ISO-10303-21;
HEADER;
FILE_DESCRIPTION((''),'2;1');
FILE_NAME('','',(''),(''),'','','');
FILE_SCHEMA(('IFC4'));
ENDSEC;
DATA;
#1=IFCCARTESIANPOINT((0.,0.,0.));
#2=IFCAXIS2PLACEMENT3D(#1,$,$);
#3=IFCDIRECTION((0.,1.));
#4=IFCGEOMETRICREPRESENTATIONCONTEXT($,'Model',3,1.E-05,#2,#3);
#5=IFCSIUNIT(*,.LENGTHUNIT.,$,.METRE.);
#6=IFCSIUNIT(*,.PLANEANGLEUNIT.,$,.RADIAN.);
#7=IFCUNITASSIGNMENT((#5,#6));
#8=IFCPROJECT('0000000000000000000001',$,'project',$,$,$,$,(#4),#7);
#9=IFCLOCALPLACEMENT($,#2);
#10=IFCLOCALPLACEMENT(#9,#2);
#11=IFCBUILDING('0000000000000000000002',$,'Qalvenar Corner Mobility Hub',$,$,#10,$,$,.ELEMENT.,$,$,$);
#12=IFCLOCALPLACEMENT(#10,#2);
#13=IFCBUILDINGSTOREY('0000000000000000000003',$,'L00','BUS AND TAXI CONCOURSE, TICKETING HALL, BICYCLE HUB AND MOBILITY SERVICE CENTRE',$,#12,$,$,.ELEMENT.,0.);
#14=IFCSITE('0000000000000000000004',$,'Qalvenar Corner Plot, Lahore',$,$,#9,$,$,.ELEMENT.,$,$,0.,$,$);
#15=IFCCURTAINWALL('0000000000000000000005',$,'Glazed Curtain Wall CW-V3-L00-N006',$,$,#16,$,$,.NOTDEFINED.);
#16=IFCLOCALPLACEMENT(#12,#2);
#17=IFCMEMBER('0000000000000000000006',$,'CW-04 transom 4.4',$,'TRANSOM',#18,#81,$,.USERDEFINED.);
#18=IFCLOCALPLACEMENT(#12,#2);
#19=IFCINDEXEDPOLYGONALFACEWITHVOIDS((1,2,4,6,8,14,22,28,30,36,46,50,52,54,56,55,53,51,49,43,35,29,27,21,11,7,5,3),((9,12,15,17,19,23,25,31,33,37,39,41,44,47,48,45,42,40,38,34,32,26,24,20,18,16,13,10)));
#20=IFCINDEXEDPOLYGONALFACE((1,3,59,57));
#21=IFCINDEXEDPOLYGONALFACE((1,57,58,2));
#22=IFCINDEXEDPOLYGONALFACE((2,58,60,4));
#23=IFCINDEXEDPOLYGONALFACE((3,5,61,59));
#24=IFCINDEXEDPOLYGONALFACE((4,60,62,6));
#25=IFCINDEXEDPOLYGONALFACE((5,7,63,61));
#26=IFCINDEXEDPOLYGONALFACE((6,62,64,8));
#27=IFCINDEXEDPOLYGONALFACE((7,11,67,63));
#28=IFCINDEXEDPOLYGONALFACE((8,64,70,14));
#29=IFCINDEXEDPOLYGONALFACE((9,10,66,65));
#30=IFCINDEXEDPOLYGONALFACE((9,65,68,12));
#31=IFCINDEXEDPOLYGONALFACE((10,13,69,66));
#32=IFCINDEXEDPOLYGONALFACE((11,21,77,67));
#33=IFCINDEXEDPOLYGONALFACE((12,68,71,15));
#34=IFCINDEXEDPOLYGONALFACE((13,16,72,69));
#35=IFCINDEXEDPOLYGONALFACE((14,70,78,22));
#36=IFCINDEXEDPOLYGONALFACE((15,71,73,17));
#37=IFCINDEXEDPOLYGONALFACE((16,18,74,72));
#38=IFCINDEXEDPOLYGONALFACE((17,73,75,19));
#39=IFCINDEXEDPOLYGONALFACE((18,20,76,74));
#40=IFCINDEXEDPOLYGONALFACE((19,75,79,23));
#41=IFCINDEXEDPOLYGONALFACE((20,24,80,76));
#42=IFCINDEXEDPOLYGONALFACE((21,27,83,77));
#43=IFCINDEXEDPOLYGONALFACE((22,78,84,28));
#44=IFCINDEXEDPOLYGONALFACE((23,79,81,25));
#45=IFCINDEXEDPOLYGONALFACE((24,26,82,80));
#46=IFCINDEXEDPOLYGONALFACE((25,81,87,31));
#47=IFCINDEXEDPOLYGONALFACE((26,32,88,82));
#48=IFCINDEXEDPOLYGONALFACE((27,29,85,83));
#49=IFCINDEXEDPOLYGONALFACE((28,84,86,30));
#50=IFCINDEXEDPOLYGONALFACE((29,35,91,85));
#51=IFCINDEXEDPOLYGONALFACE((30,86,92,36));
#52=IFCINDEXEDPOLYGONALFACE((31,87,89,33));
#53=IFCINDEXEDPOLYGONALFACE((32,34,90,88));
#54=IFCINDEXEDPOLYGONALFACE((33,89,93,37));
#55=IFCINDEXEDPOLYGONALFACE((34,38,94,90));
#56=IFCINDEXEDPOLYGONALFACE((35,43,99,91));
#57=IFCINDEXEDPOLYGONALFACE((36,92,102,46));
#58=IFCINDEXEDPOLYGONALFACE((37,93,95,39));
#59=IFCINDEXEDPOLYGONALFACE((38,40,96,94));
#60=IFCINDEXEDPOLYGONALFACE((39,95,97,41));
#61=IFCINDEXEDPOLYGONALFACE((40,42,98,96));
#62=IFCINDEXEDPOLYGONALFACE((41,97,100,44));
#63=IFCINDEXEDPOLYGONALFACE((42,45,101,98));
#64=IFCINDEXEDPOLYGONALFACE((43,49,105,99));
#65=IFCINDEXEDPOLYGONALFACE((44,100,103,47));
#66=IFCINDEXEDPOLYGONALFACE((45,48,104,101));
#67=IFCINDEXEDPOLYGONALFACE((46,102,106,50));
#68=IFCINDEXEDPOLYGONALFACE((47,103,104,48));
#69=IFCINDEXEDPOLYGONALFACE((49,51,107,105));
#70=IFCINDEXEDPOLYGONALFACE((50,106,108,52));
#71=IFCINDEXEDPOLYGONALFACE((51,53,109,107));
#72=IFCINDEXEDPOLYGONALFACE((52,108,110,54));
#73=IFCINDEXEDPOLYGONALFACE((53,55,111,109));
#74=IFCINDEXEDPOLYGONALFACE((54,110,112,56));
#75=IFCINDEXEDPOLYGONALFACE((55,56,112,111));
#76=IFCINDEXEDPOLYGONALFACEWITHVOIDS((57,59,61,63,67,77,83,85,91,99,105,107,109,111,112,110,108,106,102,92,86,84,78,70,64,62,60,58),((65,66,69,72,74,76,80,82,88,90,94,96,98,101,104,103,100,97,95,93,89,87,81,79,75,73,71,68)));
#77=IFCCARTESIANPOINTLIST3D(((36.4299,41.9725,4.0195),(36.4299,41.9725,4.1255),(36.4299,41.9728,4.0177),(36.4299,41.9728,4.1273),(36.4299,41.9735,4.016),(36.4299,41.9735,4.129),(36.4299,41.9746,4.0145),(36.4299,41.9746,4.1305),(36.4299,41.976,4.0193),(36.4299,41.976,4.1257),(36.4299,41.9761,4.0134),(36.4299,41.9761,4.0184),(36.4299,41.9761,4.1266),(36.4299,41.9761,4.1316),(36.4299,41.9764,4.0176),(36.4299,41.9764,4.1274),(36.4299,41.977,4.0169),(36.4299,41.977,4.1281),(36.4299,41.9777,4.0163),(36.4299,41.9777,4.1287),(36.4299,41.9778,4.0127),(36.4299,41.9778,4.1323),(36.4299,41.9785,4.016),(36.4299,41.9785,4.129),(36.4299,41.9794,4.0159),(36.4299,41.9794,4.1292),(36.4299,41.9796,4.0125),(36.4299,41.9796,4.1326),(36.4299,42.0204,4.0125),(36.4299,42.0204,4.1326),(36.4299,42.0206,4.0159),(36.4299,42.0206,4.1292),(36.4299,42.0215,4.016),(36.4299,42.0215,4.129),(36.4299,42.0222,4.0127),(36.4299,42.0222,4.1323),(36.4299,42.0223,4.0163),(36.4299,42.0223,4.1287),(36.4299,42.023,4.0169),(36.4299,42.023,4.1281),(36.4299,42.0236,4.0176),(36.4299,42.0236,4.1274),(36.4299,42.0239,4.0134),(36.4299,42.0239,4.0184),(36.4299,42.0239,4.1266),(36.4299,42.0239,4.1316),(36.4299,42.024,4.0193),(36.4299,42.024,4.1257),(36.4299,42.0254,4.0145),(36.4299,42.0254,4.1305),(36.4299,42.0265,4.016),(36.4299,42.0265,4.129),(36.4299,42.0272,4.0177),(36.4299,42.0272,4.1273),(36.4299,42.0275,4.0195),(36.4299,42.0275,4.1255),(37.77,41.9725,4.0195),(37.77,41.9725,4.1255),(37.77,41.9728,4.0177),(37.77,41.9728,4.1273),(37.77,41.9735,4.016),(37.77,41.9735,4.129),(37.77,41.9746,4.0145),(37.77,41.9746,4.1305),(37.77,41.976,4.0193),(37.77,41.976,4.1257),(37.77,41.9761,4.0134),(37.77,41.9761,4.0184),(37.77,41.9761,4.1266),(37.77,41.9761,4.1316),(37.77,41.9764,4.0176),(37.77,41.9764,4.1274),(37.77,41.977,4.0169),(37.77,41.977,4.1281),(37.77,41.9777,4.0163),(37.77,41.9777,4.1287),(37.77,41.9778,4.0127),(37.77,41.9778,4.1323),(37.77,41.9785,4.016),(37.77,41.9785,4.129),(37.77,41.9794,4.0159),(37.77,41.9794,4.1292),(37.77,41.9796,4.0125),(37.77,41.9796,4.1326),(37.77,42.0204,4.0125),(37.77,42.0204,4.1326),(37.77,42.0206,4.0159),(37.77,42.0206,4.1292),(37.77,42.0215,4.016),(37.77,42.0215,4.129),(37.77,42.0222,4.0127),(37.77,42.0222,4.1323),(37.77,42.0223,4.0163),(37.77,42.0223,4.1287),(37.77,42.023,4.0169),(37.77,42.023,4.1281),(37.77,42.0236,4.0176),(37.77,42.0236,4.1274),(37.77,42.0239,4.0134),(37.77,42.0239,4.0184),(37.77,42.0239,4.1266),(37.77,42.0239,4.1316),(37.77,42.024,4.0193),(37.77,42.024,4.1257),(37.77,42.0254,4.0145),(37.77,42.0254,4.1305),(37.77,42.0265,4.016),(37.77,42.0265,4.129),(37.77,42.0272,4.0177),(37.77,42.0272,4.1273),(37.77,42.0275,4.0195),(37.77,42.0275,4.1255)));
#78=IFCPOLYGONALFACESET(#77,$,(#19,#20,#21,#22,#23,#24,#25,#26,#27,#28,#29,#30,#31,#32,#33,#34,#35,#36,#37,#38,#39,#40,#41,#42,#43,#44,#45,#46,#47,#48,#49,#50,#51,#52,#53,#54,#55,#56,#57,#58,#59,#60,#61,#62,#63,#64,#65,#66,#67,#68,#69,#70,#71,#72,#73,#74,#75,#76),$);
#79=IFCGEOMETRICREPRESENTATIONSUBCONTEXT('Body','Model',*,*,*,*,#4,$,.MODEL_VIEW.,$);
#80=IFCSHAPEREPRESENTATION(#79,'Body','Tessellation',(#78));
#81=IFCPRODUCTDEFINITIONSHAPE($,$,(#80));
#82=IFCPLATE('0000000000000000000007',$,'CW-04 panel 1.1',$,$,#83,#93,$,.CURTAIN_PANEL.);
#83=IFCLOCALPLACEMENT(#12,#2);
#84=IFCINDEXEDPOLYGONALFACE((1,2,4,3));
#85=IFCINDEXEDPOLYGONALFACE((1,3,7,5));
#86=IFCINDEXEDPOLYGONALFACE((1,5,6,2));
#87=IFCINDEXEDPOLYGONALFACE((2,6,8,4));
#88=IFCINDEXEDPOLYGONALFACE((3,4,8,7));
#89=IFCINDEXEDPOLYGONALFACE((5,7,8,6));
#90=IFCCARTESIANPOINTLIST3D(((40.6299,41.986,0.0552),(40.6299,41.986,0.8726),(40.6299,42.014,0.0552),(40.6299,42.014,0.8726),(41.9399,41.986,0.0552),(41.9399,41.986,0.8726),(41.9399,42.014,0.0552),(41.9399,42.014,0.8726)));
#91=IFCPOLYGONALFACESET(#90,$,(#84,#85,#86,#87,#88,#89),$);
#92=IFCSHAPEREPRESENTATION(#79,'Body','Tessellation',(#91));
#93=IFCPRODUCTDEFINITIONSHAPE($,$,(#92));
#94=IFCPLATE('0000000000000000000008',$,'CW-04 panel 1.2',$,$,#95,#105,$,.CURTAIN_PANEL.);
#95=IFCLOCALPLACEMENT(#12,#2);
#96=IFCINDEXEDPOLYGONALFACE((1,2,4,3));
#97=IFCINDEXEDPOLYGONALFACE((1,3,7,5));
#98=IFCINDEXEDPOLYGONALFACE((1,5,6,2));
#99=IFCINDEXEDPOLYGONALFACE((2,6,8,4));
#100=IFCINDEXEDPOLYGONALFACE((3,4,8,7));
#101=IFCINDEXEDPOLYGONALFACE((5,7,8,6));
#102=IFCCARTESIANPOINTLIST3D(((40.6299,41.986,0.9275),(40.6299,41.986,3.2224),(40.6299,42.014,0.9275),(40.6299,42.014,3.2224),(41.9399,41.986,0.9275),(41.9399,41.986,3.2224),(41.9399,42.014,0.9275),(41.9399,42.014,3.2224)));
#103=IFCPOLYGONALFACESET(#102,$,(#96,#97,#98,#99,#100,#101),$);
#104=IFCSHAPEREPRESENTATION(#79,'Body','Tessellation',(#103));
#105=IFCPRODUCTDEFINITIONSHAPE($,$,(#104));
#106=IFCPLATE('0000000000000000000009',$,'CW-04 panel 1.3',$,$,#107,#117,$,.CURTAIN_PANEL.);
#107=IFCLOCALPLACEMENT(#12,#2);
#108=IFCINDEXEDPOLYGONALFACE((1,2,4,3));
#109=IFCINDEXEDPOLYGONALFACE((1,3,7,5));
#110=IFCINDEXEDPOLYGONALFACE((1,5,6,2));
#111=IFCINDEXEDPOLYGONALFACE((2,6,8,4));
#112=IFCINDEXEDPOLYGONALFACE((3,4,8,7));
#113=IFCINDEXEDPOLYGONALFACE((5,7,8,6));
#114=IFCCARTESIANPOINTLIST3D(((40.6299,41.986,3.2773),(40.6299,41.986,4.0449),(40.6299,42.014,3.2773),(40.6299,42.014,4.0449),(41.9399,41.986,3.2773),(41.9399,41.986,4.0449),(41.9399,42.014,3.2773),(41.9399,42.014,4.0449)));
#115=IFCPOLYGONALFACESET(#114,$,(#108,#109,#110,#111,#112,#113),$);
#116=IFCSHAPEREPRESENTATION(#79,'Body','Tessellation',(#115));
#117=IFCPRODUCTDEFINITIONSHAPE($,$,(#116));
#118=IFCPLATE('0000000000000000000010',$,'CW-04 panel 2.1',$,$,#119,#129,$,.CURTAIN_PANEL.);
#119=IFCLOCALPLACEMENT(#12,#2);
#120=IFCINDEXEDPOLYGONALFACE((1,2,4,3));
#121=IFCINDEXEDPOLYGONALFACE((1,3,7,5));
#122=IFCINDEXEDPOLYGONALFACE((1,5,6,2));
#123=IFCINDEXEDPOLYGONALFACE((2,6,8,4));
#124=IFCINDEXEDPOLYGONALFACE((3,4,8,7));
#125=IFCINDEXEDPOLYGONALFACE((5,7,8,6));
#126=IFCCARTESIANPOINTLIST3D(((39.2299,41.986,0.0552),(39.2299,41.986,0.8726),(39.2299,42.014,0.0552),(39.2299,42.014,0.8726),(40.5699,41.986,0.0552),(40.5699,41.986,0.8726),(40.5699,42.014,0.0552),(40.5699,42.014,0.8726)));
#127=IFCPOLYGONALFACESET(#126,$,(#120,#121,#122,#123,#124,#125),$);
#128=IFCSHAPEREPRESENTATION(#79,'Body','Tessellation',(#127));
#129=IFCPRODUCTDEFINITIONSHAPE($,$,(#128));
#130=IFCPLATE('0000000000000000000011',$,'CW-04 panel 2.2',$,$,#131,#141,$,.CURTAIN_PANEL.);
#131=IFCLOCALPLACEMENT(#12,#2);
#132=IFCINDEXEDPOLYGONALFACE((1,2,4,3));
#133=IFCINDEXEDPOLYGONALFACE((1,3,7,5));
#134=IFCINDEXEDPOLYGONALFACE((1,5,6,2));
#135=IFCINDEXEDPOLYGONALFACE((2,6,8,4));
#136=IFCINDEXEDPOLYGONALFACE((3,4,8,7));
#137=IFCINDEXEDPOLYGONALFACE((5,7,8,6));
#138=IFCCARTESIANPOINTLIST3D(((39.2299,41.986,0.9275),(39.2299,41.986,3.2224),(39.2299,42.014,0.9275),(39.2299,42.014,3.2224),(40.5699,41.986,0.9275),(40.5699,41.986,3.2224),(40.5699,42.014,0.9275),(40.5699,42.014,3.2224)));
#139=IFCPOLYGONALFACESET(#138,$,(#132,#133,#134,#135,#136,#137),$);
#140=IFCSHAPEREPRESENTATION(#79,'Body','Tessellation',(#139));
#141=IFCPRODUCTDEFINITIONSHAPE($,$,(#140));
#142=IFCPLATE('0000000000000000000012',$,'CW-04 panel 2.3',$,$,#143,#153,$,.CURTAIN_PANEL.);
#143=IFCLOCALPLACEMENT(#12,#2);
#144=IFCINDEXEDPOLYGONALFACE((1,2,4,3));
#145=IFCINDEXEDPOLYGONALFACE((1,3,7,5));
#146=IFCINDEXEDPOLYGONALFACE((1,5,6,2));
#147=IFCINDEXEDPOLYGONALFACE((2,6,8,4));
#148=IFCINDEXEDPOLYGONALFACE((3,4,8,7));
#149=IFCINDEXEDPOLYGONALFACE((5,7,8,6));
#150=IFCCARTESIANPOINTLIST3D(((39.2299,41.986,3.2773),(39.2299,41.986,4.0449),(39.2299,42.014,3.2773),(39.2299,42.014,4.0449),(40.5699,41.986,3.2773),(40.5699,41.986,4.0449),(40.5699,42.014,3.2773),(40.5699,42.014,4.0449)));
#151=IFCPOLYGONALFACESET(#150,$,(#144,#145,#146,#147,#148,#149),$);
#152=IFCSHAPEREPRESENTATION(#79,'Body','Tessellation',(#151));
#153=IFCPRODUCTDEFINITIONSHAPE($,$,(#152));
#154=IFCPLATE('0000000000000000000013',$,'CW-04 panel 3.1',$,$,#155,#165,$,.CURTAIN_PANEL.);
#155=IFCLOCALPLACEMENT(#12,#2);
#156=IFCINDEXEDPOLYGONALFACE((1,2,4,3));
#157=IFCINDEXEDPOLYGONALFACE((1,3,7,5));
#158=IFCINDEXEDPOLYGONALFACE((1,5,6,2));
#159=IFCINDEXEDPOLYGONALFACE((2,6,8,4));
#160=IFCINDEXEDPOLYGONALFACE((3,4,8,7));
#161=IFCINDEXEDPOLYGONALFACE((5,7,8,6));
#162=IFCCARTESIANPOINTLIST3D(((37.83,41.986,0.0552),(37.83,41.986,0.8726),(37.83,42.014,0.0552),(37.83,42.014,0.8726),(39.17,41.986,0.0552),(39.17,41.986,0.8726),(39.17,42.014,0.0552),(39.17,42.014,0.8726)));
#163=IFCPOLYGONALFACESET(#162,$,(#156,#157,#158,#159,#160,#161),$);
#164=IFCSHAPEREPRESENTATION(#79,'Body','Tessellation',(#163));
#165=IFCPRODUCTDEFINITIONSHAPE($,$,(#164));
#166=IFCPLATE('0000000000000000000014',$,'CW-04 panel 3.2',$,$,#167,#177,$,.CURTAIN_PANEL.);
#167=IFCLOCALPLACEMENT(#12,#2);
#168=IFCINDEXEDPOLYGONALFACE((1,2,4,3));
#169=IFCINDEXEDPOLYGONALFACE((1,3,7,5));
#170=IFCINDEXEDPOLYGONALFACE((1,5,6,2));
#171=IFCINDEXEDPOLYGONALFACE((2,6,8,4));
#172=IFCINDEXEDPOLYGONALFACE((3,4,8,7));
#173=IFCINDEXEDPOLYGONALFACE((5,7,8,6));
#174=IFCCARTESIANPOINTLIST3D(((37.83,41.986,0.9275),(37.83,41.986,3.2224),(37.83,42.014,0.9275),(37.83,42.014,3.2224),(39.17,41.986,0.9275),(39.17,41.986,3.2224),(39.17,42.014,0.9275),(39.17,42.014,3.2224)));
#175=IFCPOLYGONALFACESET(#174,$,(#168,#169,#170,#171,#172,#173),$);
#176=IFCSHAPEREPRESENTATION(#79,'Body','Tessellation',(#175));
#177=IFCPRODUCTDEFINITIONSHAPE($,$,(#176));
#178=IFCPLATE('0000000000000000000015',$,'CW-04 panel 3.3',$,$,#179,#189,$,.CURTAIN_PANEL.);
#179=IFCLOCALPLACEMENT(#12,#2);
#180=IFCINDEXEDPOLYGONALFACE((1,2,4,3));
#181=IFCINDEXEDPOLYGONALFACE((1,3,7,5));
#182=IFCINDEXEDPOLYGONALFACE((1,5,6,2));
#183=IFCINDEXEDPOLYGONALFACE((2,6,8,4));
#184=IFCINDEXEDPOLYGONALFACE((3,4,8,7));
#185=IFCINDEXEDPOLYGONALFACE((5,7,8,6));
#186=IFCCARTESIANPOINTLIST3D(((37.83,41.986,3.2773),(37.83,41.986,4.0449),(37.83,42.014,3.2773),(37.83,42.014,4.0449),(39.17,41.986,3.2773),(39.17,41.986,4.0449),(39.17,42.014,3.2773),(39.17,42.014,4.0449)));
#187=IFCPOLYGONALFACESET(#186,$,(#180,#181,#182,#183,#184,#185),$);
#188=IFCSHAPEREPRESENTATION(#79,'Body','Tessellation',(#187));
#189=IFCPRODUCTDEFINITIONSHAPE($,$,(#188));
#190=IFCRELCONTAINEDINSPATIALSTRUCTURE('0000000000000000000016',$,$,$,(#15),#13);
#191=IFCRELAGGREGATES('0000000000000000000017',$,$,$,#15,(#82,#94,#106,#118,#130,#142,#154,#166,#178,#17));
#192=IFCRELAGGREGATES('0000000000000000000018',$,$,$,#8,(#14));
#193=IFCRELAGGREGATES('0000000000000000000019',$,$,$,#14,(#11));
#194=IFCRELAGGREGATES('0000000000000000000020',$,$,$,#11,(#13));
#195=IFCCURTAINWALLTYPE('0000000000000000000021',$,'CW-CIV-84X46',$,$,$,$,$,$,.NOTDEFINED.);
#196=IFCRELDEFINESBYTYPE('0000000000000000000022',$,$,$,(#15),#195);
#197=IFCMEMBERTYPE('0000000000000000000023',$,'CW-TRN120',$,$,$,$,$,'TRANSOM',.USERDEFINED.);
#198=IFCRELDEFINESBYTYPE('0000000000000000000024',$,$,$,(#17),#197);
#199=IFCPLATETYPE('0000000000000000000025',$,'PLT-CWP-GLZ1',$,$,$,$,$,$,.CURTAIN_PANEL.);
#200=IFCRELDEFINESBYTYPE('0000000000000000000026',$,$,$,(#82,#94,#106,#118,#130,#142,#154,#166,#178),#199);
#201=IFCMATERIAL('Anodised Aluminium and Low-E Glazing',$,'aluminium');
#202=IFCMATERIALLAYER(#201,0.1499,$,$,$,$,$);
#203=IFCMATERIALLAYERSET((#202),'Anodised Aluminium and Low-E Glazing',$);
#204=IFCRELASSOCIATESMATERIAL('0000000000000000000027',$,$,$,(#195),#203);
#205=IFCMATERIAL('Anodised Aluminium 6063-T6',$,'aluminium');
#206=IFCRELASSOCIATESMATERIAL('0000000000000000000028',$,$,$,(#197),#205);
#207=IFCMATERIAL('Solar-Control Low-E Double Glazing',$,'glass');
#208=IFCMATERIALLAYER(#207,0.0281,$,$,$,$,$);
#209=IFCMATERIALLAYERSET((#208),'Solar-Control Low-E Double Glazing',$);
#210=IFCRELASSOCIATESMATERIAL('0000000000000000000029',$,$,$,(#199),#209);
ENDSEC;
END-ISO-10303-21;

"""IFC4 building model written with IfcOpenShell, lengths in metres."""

from ifc_helpers import new_model, si_unit, direction, frame, origin, origin_2d, place, context, subcontext, project, spatial, rectangle, hollow_rectangle, extrude, material, layer, layer_set, material_profile, profile_set, type_object, element, aggregate, save


model = new_model("IFC4")

# Units and contexts
model_context = context("Model", 3, precision=1e-05, world=origin(), true_north=direction((0.0, 1.0)))
body_context = subcontext(model_context, "Body", "Model", "MODEL_VIEW")
ifc_project = project(units=[si_unit("LENGTHUNIT", "METRE"), si_unit("PLANEANGLEUNIT", "RADIAN")], contexts=[model_context])

# Site, building, storey
site_placement = place(None, origin())
site = spatial("IfcSite", under=ifc_project, at=site_placement, Name="Qalvenar Corner Plot, Lahore", CompositionType="ELEMENT", RefElevation=0.0)
building_placement = place(site_placement, origin())
building = spatial("IfcBuilding", under=site, at=building_placement, Name="Qalvenar Corner Mobility Hub", CompositionType="ELEMENT")
storey_placement = place(building_placement, origin())
storey = spatial("IfcBuildingStorey", under=building, at=storey_placement, Name="L00", Description="BUS AND TAXI CONCOURSE, TICKETING HALL, BICYCLE HUB AND MOBILITY SERVICE CENTRE", CompositionType="ELEMENT", Elevation=0.0)

# Curtain wall, member, plates
ifc_material_1 = material(Name="Anodised Aluminium and Low-E Glazing", Category="aluminium")
ifc_layer_1 = layer(ifc_material_1, 0.1499)
ifc_layer_set_1 = layer_set([ifc_layer_1], Name="Anodised Aluminium and Low-E Glazing")
curtain_wall_type = type_object("IfcCurtainWallType", Name="CW-CIV-84X46", PredefinedType="NOTDEFINED", material=ifc_layer_set_1)
curtain_wall_placement = place(storey_placement, origin())
curtain_wall = element("IfcCurtainWall", 1, at=curtain_wall_placement, inside=storey, type_object=curtain_wall_type, Name="Glazed Curtain Wall CW-V3-L00-N006", PredefinedType="NOTDEFINED")
ifc_material_2 = material(Name="Anodised Aluminium 6063-T6", Category="aluminium")
ifc_material_profile_1 = material_profile(ifc_material_2, hollow_rectangle(XDim=0.0549, YDim=0.1201, WallThickness=0.0034, InnerFilletRadius=0.0034, OuterFilletRadius=0.0071, at=origin_2d()), Name="RHS120x55x3.5")
ifc_profile_set_1 = profile_set([ifc_material_profile_1], Name="Anodised Aluminium 6063-T6")
member_type_1 = type_object("IfcMemberType", Name="CW-TRN120", ElementType="TRANSOM", PredefinedType="USERDEFINED", material=ifc_profile_set_1)
member_1_placement = place(storey_placement, frame((37.77, 42.0, 4.0725), z_axis=(-1.0, 0.0, 0.0), x_axis=(0.0, -1.0, 0.0)))
member_1 = element("IfcMember", 2, at=member_1_placement, type_object=member_type_1, Name="CW-04 transom 4.4", ObjectType="TRANSOM", PredefinedType="USERDEFINED", context=body_context, shape_type="SweptSolid", body=[
    extrude(hollow_rectangle(XDim=0.0549, YDim=0.1201, WallThickness=0.0034, InnerFilletRadius=0.0034, OuterFilletRadius=0.0071, at=origin_2d()), origin(), (0.0, 0.0, 1.0), 1.3401),
])
ifc_material_3 = material(Name="Solar-Control Low-E Double Glazing", Category="glass")
ifc_layer_2 = layer(ifc_material_3, 0.0281)
ifc_layer_set_2 = layer_set([ifc_layer_2], Name="Solar-Control Low-E Double Glazing")
plate_type = type_object("IfcPlateType", Name="PLT-CWP-GLZ1", PredefinedType="CURTAIN_PANEL", material=ifc_layer_set_2)
plate_1_placement = place(storey_placement, frame((41.2849, 42.0, 0.0552), z_axis=(0.0, 0.0, 1.0), x_axis=(-1.0, 0.0, 0.0)))
plate_1 = element("IfcPlate", 3, at=plate_1_placement, type_object=plate_type, Name="CW-04 panel 1.1", PredefinedType="CURTAIN_PANEL", context=body_context, shape_type="SweptSolid", body=[
    extrude(rectangle(XDim=1.3101, YDim=0.0281, at=origin_2d()), origin(), (0.0, 0.0, 1.0), 0.8174),
])
plate_2_placement = place(storey_placement, frame((41.2849, 42.0, 0.9275), z_axis=(0.0, 0.0, 1.0), x_axis=(-1.0, 0.0, 0.0)))
plate_2 = element("IfcPlate", 4, at=plate_2_placement, type_object=plate_type, Name="CW-04 panel 1.2", PredefinedType="CURTAIN_PANEL", context=body_context, shape_type="SweptSolid", body=[
    extrude(rectangle(XDim=1.3101, YDim=0.0281, at=origin_2d()), origin(), (0.0, 0.0, 1.0), 2.2949),
])
plate_3_placement = place(storey_placement, frame((41.2849, 42.0, 3.2773), z_axis=(0.0, 0.0, 1.0), x_axis=(-1.0, 0.0, 0.0)))
plate_3 = element("IfcPlate", 5, at=plate_3_placement, type_object=plate_type, Name="CW-04 panel 1.3", PredefinedType="CURTAIN_PANEL", context=body_context, shape_type="SweptSolid", body=[
    extrude(rectangle(XDim=1.3101, YDim=0.0281, at=origin_2d()), origin(), (0.0, 0.0, 1.0), 0.7676),
])
plate_4_placement = place(storey_placement, frame((39.8999, 42.0, 0.0552), z_axis=(0.0, 0.0, 1.0), x_axis=(-1.0, 0.0, 0.0)))
plate_4 = element("IfcPlate", 6, at=plate_4_placement, type_object=plate_type, Name="CW-04 panel 2.1", PredefinedType="CURTAIN_PANEL", context=body_context, shape_type="SweptSolid", body=[
    extrude(rectangle(XDim=1.3401, YDim=0.0281, at=origin_2d()), origin(), (0.0, 0.0, 1.0), 0.8174),
])
plate_5_placement = place(storey_placement, frame((39.8999, 42.0, 0.9275), z_axis=(0.0, 0.0, 1.0), x_axis=(-1.0, 0.0, 0.0)))
plate_5 = element("IfcPlate", 7, at=plate_5_placement, type_object=plate_type, Name="CW-04 panel 2.2", PredefinedType="CURTAIN_PANEL", context=body_context, shape_type="SweptSolid", body=[
    extrude(rectangle(XDim=1.3401, YDim=0.0281, at=origin_2d()), origin(), (0.0, 0.0, 1.0), 2.2949),
])
plate_6_placement = place(storey_placement, frame((39.8999, 42.0, 3.2773), z_axis=(0.0, 0.0, 1.0), x_axis=(-1.0, 0.0, 0.0)))
plate_6 = element("IfcPlate", 8, at=plate_6_placement, type_object=plate_type, Name="CW-04 panel 2.3", PredefinedType="CURTAIN_PANEL", context=body_context, shape_type="SweptSolid", body=[
    extrude(rectangle(XDim=1.3401, YDim=0.0281, at=origin_2d()), origin(), (0.0, 0.0, 1.0), 0.7676),
])
plate_7_placement = place(storey_placement, frame((38.5, 42.0, 0.0552), z_axis=(0.0, 0.0, 1.0), x_axis=(-1.0, 0.0, 0.0)))
plate_7 = element("IfcPlate", 9, at=plate_7_placement, type_object=plate_type, Name="CW-04 panel 3.1", PredefinedType="CURTAIN_PANEL", context=body_context, shape_type="SweptSolid", body=[
    extrude(rectangle(XDim=1.3401, YDim=0.0281, at=origin_2d()), origin(), (0.0, 0.0, 1.0), 0.8174),
])
plate_8_placement = place(storey_placement, frame((38.5, 42.0, 0.9275), z_axis=(0.0, 0.0, 1.0), x_axis=(-1.0, 0.0, 0.0)))
plate_8 = element("IfcPlate", 10, at=plate_8_placement, type_object=plate_type, Name="CW-04 panel 3.2", PredefinedType="CURTAIN_PANEL", context=body_context, shape_type="SweptSolid", body=[
    extrude(rectangle(XDim=1.3401, YDim=0.0281, at=origin_2d()), origin(), (0.0, 0.0, 1.0), 2.2949),
])
plate_9_placement = place(storey_placement, frame((38.5, 42.0, 3.2773), z_axis=(0.0, 0.0, 1.0), x_axis=(-1.0, 0.0, 0.0)))
plate_9 = element("IfcPlate", 11, at=plate_9_placement, type_object=plate_type, Name="CW-04 panel 3.3", PredefinedType="CURTAIN_PANEL", context=body_context, shape_type="SweptSolid", body=[
    extrude(rectangle(XDim=1.3401, YDim=0.0281, at=origin_2d()), origin(), (0.0, 0.0, 1.0), 0.7676),
])
aggregate(curtain_wall, [plate_1, plate_2, plate_3, plate_4, plate_5, plate_6, plate_7, plate_8, plate_9, member_1])

save(model, "model.ifc")
